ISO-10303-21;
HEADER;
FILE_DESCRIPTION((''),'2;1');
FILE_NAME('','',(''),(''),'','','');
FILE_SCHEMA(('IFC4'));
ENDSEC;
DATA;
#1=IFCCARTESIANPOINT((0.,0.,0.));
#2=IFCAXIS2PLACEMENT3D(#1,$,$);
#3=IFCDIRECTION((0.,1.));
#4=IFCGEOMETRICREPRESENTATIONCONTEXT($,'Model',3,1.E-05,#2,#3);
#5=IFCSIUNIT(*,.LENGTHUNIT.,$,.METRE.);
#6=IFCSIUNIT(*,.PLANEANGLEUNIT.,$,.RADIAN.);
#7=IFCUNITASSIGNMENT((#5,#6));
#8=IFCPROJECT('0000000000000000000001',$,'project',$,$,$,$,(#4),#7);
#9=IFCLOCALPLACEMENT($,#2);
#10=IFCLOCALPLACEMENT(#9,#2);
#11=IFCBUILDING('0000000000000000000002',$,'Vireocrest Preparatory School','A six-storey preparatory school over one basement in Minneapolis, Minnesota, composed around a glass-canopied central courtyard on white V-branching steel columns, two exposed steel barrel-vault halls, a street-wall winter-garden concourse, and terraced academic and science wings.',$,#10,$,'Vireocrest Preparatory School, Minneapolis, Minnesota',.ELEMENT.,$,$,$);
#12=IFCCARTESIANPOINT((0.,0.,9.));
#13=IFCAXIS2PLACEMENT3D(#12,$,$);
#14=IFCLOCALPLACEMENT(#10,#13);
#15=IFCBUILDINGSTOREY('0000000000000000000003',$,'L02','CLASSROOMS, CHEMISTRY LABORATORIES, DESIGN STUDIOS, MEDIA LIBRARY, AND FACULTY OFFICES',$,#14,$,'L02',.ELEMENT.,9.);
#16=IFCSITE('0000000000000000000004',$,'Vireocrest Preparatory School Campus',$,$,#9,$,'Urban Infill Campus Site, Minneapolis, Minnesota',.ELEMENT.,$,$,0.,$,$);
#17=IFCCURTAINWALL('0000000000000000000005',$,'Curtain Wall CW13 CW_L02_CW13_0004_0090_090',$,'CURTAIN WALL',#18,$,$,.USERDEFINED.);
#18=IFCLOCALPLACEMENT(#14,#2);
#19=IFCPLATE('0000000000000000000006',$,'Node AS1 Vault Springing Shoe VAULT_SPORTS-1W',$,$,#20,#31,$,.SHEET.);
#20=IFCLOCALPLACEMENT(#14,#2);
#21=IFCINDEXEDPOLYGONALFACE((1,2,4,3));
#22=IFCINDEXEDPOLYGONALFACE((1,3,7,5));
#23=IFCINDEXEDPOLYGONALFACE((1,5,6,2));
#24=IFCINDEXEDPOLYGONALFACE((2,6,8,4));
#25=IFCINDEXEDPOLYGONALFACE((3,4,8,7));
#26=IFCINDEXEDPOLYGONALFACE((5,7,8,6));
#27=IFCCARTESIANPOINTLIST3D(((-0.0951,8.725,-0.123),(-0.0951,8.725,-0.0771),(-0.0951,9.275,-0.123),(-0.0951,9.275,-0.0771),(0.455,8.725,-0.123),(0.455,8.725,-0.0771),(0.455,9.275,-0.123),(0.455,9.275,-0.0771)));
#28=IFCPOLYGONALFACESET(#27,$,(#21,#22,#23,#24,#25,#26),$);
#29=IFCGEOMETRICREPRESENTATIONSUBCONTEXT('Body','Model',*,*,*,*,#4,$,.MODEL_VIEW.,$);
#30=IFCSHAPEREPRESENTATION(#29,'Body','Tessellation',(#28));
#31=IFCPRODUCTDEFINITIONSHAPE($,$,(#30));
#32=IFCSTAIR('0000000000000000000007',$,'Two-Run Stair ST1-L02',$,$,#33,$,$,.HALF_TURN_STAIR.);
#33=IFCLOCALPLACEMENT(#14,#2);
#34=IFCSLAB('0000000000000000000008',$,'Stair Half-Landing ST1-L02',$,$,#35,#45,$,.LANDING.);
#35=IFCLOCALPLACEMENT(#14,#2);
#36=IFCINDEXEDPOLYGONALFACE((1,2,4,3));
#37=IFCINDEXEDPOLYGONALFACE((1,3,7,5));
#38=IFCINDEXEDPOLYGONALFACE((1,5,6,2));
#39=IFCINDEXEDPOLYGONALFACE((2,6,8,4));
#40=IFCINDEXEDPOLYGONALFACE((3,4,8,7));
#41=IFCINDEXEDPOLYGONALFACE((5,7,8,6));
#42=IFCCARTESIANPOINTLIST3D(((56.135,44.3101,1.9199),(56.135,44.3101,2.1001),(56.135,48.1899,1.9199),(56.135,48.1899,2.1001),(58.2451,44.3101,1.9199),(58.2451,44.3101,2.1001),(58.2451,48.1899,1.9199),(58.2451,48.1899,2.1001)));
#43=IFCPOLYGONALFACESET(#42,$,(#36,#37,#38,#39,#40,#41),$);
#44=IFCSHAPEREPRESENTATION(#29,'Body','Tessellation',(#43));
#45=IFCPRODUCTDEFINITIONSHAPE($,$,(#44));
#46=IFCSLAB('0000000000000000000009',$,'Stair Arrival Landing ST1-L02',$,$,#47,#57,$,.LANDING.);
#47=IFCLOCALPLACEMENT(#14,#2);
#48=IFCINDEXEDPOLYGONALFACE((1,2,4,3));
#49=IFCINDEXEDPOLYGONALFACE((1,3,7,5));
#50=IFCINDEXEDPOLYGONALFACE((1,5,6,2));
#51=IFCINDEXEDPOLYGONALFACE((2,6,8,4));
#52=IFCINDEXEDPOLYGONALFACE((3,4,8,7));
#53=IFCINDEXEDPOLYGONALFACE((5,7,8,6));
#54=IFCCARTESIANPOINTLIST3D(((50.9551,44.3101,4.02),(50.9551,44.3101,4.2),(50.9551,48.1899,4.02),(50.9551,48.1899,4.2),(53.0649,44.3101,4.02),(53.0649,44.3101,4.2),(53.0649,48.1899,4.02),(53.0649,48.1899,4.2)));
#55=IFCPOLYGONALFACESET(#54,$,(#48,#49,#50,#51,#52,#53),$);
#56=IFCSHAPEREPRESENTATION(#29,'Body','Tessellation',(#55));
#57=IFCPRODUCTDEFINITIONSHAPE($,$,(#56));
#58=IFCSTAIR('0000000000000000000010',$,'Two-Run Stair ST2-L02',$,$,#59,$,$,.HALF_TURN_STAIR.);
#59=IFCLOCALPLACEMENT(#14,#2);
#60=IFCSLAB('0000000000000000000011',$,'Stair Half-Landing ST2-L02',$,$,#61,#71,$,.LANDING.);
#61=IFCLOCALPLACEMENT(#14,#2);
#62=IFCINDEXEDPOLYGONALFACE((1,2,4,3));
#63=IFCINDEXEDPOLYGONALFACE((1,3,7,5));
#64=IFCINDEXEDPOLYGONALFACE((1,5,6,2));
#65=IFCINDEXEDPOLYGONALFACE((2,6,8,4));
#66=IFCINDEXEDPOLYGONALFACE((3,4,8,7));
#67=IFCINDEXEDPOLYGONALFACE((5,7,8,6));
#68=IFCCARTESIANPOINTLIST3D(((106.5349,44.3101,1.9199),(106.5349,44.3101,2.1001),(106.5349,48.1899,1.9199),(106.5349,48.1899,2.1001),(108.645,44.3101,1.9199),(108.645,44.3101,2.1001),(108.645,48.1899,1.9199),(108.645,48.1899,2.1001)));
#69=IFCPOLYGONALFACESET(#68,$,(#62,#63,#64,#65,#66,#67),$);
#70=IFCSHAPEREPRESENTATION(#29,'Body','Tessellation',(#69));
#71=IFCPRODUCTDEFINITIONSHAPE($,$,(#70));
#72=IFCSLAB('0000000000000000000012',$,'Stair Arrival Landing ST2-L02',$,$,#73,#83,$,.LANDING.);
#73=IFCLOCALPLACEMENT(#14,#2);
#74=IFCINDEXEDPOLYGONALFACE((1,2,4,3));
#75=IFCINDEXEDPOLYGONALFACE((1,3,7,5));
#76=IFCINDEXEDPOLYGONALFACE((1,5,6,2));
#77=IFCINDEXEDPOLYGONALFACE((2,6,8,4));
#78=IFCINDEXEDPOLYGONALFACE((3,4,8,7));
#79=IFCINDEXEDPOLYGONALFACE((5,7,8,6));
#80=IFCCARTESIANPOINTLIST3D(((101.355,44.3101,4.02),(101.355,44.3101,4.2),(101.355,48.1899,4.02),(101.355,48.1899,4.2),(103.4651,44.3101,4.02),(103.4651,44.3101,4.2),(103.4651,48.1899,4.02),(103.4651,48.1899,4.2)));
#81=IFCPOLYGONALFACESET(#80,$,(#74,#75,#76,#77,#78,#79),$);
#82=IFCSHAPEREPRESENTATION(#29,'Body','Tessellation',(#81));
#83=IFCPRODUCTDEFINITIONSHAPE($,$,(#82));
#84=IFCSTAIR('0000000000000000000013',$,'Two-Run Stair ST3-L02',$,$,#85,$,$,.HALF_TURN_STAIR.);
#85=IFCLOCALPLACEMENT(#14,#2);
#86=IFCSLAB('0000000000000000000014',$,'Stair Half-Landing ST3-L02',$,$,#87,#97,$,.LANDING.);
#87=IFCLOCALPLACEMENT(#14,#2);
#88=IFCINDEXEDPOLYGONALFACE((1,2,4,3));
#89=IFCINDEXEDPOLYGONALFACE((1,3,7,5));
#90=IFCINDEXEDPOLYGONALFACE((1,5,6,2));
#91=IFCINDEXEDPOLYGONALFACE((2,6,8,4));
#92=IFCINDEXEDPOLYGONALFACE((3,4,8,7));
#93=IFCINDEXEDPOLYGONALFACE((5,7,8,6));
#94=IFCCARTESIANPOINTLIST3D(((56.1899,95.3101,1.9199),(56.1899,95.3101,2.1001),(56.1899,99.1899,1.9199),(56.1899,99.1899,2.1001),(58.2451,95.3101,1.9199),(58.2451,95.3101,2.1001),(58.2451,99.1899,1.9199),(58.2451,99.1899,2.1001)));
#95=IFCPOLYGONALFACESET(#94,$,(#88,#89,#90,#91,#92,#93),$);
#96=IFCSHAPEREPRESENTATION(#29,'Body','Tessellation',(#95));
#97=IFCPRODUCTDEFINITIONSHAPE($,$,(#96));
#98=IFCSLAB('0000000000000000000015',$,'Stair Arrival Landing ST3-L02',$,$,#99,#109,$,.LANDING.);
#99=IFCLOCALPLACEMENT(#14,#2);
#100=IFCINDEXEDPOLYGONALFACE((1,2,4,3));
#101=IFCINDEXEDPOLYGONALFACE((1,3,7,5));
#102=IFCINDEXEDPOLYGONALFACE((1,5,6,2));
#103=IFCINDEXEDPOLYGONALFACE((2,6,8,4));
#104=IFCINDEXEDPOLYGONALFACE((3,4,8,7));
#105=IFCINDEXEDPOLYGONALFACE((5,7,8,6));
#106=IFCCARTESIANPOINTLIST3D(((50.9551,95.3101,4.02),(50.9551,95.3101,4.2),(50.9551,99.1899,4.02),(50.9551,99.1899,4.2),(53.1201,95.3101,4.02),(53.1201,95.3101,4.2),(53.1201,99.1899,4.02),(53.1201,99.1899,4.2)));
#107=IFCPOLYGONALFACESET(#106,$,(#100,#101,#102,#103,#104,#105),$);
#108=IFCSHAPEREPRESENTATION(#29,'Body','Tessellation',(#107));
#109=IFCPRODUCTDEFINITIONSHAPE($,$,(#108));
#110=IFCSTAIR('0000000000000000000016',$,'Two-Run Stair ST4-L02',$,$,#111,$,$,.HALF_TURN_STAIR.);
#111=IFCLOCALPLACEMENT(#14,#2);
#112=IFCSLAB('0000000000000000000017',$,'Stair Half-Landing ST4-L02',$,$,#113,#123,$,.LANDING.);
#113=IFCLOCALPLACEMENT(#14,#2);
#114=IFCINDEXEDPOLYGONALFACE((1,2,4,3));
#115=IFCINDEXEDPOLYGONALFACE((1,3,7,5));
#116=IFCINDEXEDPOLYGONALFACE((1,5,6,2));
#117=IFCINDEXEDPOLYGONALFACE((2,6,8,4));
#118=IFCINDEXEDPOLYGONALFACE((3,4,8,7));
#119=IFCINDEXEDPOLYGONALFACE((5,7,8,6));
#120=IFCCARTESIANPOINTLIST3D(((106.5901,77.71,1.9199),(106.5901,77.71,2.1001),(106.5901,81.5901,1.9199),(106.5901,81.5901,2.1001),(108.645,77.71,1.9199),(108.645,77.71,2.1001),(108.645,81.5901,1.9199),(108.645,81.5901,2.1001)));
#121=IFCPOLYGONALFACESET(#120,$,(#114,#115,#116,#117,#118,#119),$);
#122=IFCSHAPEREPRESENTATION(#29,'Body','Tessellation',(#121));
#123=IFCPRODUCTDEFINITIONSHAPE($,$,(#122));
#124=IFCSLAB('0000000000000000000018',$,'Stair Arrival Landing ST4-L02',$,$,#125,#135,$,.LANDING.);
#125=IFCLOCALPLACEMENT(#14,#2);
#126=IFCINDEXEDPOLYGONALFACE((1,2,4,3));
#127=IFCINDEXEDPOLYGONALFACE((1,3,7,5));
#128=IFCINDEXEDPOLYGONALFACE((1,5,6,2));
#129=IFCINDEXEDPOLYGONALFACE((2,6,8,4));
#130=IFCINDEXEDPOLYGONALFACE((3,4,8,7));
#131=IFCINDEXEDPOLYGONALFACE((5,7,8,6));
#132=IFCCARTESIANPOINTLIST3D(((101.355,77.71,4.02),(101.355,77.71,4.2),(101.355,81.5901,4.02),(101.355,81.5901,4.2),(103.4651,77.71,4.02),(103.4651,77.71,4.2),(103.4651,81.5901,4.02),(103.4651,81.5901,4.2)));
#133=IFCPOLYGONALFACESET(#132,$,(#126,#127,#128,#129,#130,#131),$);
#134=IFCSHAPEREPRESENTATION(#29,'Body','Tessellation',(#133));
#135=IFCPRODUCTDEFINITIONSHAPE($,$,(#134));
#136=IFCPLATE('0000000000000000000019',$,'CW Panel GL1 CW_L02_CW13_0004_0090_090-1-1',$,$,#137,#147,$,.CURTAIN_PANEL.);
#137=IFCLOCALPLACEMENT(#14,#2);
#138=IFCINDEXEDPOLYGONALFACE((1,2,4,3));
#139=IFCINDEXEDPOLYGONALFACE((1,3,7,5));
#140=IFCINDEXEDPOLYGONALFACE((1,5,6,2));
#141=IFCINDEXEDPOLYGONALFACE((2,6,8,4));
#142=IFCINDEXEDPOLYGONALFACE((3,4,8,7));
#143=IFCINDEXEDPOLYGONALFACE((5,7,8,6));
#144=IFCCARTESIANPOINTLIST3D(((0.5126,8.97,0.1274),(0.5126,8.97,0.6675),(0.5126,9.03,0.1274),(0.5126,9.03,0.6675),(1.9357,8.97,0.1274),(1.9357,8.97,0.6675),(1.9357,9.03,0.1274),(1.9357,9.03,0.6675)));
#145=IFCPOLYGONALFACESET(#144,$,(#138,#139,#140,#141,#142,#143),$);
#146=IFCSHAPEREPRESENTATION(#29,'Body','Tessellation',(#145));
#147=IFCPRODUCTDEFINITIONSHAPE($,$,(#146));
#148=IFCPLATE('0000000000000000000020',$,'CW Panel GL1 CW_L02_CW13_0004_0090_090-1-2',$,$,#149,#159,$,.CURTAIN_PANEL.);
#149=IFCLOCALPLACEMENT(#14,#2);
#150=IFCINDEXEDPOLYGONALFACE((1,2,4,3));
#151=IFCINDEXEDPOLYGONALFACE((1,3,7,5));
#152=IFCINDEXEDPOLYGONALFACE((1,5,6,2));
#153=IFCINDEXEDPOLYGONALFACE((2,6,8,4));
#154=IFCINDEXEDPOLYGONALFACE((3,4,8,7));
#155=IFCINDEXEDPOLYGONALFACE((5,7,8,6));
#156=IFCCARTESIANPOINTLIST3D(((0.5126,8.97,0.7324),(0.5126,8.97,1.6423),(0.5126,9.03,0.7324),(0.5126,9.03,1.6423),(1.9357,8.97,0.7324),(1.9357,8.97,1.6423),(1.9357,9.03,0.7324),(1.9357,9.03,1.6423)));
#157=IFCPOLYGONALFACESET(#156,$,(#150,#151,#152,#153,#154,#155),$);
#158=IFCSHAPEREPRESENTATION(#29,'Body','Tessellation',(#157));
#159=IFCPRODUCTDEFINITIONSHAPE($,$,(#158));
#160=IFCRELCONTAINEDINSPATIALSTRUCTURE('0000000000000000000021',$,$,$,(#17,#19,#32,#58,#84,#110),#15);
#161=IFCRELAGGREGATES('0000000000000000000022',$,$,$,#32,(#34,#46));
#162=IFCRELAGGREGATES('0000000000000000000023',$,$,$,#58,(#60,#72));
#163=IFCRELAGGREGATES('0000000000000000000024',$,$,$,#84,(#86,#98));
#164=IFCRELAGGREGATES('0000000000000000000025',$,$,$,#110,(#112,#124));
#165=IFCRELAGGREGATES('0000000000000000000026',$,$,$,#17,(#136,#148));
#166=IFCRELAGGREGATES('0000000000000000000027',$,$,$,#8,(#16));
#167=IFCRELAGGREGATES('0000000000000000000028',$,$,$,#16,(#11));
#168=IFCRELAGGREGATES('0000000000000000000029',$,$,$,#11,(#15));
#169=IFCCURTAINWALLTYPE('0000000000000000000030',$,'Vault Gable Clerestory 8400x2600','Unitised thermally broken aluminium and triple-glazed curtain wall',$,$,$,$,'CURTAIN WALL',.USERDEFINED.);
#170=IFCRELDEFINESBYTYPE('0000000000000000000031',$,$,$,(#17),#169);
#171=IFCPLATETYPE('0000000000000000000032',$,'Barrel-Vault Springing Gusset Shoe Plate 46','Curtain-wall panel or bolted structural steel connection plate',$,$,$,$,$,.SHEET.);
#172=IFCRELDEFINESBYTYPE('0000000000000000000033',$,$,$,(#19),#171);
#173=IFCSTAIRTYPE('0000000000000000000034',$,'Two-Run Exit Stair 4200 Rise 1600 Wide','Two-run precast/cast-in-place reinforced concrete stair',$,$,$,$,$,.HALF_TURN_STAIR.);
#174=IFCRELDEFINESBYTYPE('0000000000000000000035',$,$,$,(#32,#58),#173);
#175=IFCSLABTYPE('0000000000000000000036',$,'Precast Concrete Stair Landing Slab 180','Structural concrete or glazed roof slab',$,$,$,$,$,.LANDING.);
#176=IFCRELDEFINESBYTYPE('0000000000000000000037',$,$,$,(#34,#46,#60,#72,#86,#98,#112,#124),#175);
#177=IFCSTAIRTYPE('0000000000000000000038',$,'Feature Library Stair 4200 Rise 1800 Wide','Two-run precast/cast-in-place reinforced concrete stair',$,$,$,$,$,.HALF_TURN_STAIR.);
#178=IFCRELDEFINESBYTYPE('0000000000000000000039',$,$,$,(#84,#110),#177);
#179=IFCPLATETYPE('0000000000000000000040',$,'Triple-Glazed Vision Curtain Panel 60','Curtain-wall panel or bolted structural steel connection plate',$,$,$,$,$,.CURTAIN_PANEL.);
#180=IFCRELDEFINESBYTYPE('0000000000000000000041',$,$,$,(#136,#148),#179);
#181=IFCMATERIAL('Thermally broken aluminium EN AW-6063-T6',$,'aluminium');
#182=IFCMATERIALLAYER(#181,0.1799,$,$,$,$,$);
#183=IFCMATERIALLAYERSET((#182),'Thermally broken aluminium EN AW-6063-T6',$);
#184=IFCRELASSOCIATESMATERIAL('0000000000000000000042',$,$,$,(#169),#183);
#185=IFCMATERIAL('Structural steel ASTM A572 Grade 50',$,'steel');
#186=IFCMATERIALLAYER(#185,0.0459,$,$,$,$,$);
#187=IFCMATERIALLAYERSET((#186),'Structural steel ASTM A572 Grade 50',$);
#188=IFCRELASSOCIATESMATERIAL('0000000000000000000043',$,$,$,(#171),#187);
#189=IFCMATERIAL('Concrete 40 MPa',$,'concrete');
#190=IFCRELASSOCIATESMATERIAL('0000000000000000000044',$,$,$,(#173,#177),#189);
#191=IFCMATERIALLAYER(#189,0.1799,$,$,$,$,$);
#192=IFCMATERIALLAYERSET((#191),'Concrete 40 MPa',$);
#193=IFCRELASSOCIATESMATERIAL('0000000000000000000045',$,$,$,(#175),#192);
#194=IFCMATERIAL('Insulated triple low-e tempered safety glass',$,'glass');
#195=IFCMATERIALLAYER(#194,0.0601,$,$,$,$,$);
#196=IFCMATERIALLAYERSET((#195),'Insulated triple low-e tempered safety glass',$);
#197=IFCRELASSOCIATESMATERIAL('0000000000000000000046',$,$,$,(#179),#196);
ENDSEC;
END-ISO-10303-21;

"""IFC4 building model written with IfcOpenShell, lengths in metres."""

from ifc_helpers import new_model, si_unit, direction, frame, origin, origin_2d, place, context, subcontext, project, spatial, polyline, rectangle, outline, extrude, material, layer, layer_set, type_object, element, aggregate, save


model = new_model("IFC4")

# Units and contexts
model_context = context("Model", 3, precision=1e-05, world=origin(), true_north=direction((0.0, 1.0)))
body_context = subcontext(model_context, "Body", "Model", "MODEL_VIEW")
ifc_project = project(units=[si_unit("LENGTHUNIT", "METRE"), si_unit("PLANEANGLEUNIT", "RADIAN")], contexts=[model_context])

# Site, building, storey
site_placement = place(None, origin())
site = spatial("IfcSite", under=ifc_project, at=site_placement, Name="Vireocrest Preparatory School Campus", LongName="Urban Infill Campus Site, Minneapolis, Minnesota", CompositionType="ELEMENT", RefElevation=0.0)
building_placement = place(site_placement, origin())
building = spatial("IfcBuilding", under=site, at=building_placement, Name="Vireocrest Preparatory School", Description="A six-storey preparatory school over one basement in Minneapolis, Minnesota, composed around a glass-canopied central courtyard on white V-branching steel columns, two exposed steel barrel-vault halls, a street-wall winter-garden concourse, and terraced academic and science wings.", LongName="Vireocrest Preparatory School, Minneapolis, Minnesota", CompositionType="ELEMENT")
storey_placement = place(building_placement, frame((0.0, 0.0, 9.0)))
storey = spatial("IfcBuildingStorey", under=building, at=storey_placement, Name="L02", Description="CLASSROOMS, CHEMISTRY LABORATORIES, DESIGN STUDIOS, MEDIA LIBRARY, AND FACULTY OFFICES", LongName="L02", CompositionType="ELEMENT", Elevation=9.0)

# Curtain wall
ifc_material_1 = material(Name="Thermally broken aluminium EN AW-6063-T6", Category="aluminium")
ifc_layer_1 = layer(ifc_material_1, 0.1799)
ifc_layer_set_1 = layer_set([ifc_layer_1], Name="Thermally broken aluminium EN AW-6063-T6")
curtain_wall_type = type_object("IfcCurtainWallType", Name="Vault Gable Clerestory 8400x2600", Description="Unitised thermally broken aluminium and triple-glazed curtain wall", ElementType="CURTAIN WALL", PredefinedType="USERDEFINED", material=ifc_layer_set_1)
curtain_wall_placement = place(storey_placement, origin())
curtain_wall = element("IfcCurtainWall", 1, at=curtain_wall_placement, inside=storey, type_object=curtain_wall_type, Name="Curtain Wall CW13 CW_L02_CW13_0004_0090_090", ObjectType="CURTAIN WALL", PredefinedType="USERDEFINED")

# Plate
ifc_material_2 = material(Name="Structural steel ASTM A572 Grade 50", Category="steel")
ifc_layer_2 = layer(ifc_material_2, 0.0459)
ifc_layer_set_2 = layer_set([ifc_layer_2], Name="Structural steel ASTM A572 Grade 50")
plate_type_1 = type_object("IfcPlateType", Name="Barrel-Vault Springing Gusset Shoe Plate 46", Description="Curtain-wall panel or bolted structural steel connection plate", PredefinedType="SHEET", material=ifc_layer_set_2)
plate_1_placement = place(storey_placement, frame((0.1799, 9.0, -0.123), z_axis=(0.0, 0.0, 1.0), x_axis=(1.0, 0.0, 0.0)))
element("IfcPlate", 2, at=plate_1_placement, inside=storey, type_object=plate_type_1, Name="Node AS1 Vault Springing Shoe VAULT_SPORTS-1W", PredefinedType="SHEET", context=body_context, shape_type="SweptSolid", body=[
    extrude(rectangle(XDim=0.55, YDim=0.55, at=origin_2d()), origin(), (0.0, 0.0, 1.0), 0.0459),
])

# Stairs, slabs
ifc_material_3 = material(Name="Concrete 40 MPa", Category="concrete")
stair_type_1 = type_object("IfcStairType", Name="Two-Run Exit Stair 4200 Rise 1600 Wide", Description="Two-run precast/cast-in-place reinforced concrete stair", PredefinedType="HALF_TURN_STAIR", material=ifc_material_3)
stair_1_placement = place(storey_placement, origin())
stair_1 = element("IfcStair", 3, at=stair_1_placement, inside=storey, type_object=stair_type_1, Name="Two-Run Stair ST1-L02", PredefinedType="HALF_TURN_STAIR")
ifc_layer_3 = layer(ifc_material_3, 0.1799)
ifc_layer_set_3 = layer_set([ifc_layer_3], Name="Concrete 40 MPa")
slab_type = type_object("IfcSlabType", Name="Precast Concrete Stair Landing Slab 180", Description="Structural concrete or glazed roof slab", PredefinedType="LANDING", material=ifc_layer_set_3)
slab_1_placement = place(storey_placement, frame((0.0, 0.0, 1.9199)))
slab_1 = element("IfcSlab", 4, at=slab_1_placement, type_object=slab_type, Name="Stair Half-Landing ST1-L02", PredefinedType="LANDING", context=body_context, shape_type="SweptSolid", body=[
    extrude(outline(polyline([(56.135, 44.3101), (58.2451, 44.3101), (58.2451, 48.1899), (56.135, 48.1899), (56.135, 44.3101)])), origin(), (0.0, 0.0, 1.0), 0.1802),
])
slab_2_placement = place(storey_placement, frame((0.0, 0.0, 4.02)))
slab_2 = element("IfcSlab", 5, at=slab_2_placement, type_object=slab_type, Name="Stair Arrival Landing ST1-L02", PredefinedType="LANDING", context=body_context, shape_type="SweptSolid", body=[
    extrude(outline(polyline([(50.9551, 44.3101), (53.0649, 44.3101), (53.0649, 48.1899), (50.9551, 48.1899), (50.9551, 44.3101)])), origin(), (0.0, 0.0, 1.0), 0.1799),
])
aggregate(stair_1, [slab_1, slab_2])
stair_2_placement = place(storey_placement, origin())
stair_2 = element("IfcStair", 6, at=stair_2_placement, inside=storey, type_object=stair_type_1, Name="Two-Run Stair ST2-L02", PredefinedType="HALF_TURN_STAIR")
slab_3_placement = place(storey_placement, frame((0.0, 0.0, 1.9199)))
slab_3 = element("IfcSlab", 7, at=slab_3_placement, type_object=slab_type, Name="Stair Half-Landing ST2-L02", PredefinedType="LANDING", context=body_context, shape_type="SweptSolid", body=[
    extrude(outline(polyline([(106.5349, 44.3101), (108.645, 44.3101), (108.645, 48.1899), (106.5349, 48.1899), (106.5349, 44.3101)])), origin(), (0.0, 0.0, 1.0), 0.1802),
])
slab_4_placement = place(storey_placement, frame((0.0, 0.0, 4.02)))
slab_4 = element("IfcSlab", 8, at=slab_4_placement, type_object=slab_type, Name="Stair Arrival Landing ST2-L02", PredefinedType="LANDING", context=body_context, shape_type="SweptSolid", body=[
    extrude(outline(polyline([(101.355, 44.3101), (103.4651, 44.3101), (103.4651, 48.1899), (101.355, 48.1899), (101.355, 44.3101)])), origin(), (0.0, 0.0, 1.0), 0.1799),
])
aggregate(stair_2, [slab_3, slab_4])
stair_type_2 = type_object("IfcStairType", Name="Feature Library Stair 4200 Rise 1800 Wide", Description="Two-run precast/cast-in-place reinforced concrete stair", PredefinedType="HALF_TURN_STAIR", material=ifc_material_3)
stair_3_placement = place(storey_placement, origin())
stair_3 = element("IfcStair", 9, at=stair_3_placement, inside=storey, type_object=stair_type_2, Name="Two-Run Stair ST3-L02", PredefinedType="HALF_TURN_STAIR")
slab_5_placement = place(storey_placement, frame((0.0, 0.0, 1.9199)))
slab_5 = element("IfcSlab", 10, at=slab_5_placement, type_object=slab_type, Name="Stair Half-Landing ST3-L02", PredefinedType="LANDING", context=body_context, shape_type="SweptSolid", body=[
    extrude(outline(polyline([(56.1899, 95.3101), (58.2451, 95.3101), (58.2451, 99.1899), (56.1899, 99.1899), (56.1899, 95.3101)])), origin(), (0.0, 0.0, 1.0), 0.1802),
])
slab_6_placement = place(storey_placement, frame((0.0, 0.0, 4.02)))
slab_6 = element("IfcSlab", 11, at=slab_6_placement, type_object=slab_type, Name="Stair Arrival Landing ST3-L02", PredefinedType="LANDING", context=body_context, shape_type="SweptSolid", body=[
    extrude(outline(polyline([(50.9551, 95.3101), (53.1201, 95.3101), (53.1201, 99.1899), (50.9551, 99.1899), (50.9551, 95.3101)])), origin(), (0.0, 0.0, 1.0), 0.1799),
])
aggregate(stair_3, [slab_5, slab_6])
stair_4_placement = place(storey_placement, origin())
stair_4 = element("IfcStair", 12, at=stair_4_placement, inside=storey, type_object=stair_type_2, Name="Two-Run Stair ST4-L02", PredefinedType="HALF_TURN_STAIR")
slab_7_placement = place(storey_placement, frame((0.0, 0.0, 1.9199)))
slab_7 = element("IfcSlab", 13, at=slab_7_placement, type_object=slab_type, Name="Stair Half-Landing ST4-L02", PredefinedType="LANDING", context=body_context, shape_type="SweptSolid", body=[
    extrude(outline(polyline([(106.5901, 77.71), (108.645, 77.71), (108.645, 81.5901), (106.5901, 81.5901), (106.5901, 77.71)])), origin(), (0.0, 0.0, 1.0), 0.1802),
])
slab_8_placement = place(storey_placement, frame((0.0, 0.0, 4.02)))
slab_8 = element("IfcSlab", 14, at=slab_8_placement, type_object=slab_type, Name="Stair Arrival Landing ST4-L02", PredefinedType="LANDING", context=body_context, shape_type="SweptSolid", body=[
    extrude(outline(polyline([(101.355, 77.71), (103.4651, 77.71), (103.4651, 81.5901), (101.355, 81.5901), (101.355, 77.71)])), origin(), (0.0, 0.0, 1.0), 0.1799),
])
aggregate(stair_4, [slab_7, slab_8])

# Plates
ifc_material_4 = material(Name="Insulated triple low-e tempered safety glass", Category="glass")
ifc_layer_4 = layer(ifc_material_4, 0.0601)
ifc_layer_set_4 = layer_set([ifc_layer_4], Name="Insulated triple low-e tempered safety glass")
plate_type_2 = type_object("IfcPlateType", Name="Triple-Glazed Vision Curtain Panel 60", Description="Curtain-wall panel or bolted structural steel connection plate", PredefinedType="CURTAIN_PANEL", material=ifc_layer_set_4)
plate_2_placement = place(storey_placement, frame((1.2241, 9.0, 0.1274), z_axis=(0.0, 0.0, 1.0), x_axis=(1.0, 0.0, 0.0)))
plate_2 = element("IfcPlate", 15, at=plate_2_placement, type_object=plate_type_2, Name="CW Panel GL1 CW_L02_CW13_0004_0090_090-1-1", PredefinedType="CURTAIN_PANEL", context=body_context, shape_type="SweptSolid", body=[
    extrude(rectangle(XDim=1.4231, YDim=0.0601, at=origin_2d()), origin(), (0.0, 0.0, 1.0), 0.54),
])
plate_3_placement = place(storey_placement, frame((1.2241, 9.0, 0.7324), z_axis=(0.0, 0.0, 1.0), x_axis=(1.0, 0.0, 0.0)))
plate_3 = element("IfcPlate", 16, at=plate_3_placement, type_object=plate_type_2, Name="CW Panel GL1 CW_L02_CW13_0004_0090_090-1-2", PredefinedType="CURTAIN_PANEL", context=body_context, shape_type="SweptSolid", body=[
    extrude(rectangle(XDim=1.4231, YDim=0.0601, at=origin_2d()), origin(), (0.0, 0.0, 1.0), 0.9099),
])
aggregate(curtain_wall, [plate_2, plate_3])

save(model, "model.ifc")
